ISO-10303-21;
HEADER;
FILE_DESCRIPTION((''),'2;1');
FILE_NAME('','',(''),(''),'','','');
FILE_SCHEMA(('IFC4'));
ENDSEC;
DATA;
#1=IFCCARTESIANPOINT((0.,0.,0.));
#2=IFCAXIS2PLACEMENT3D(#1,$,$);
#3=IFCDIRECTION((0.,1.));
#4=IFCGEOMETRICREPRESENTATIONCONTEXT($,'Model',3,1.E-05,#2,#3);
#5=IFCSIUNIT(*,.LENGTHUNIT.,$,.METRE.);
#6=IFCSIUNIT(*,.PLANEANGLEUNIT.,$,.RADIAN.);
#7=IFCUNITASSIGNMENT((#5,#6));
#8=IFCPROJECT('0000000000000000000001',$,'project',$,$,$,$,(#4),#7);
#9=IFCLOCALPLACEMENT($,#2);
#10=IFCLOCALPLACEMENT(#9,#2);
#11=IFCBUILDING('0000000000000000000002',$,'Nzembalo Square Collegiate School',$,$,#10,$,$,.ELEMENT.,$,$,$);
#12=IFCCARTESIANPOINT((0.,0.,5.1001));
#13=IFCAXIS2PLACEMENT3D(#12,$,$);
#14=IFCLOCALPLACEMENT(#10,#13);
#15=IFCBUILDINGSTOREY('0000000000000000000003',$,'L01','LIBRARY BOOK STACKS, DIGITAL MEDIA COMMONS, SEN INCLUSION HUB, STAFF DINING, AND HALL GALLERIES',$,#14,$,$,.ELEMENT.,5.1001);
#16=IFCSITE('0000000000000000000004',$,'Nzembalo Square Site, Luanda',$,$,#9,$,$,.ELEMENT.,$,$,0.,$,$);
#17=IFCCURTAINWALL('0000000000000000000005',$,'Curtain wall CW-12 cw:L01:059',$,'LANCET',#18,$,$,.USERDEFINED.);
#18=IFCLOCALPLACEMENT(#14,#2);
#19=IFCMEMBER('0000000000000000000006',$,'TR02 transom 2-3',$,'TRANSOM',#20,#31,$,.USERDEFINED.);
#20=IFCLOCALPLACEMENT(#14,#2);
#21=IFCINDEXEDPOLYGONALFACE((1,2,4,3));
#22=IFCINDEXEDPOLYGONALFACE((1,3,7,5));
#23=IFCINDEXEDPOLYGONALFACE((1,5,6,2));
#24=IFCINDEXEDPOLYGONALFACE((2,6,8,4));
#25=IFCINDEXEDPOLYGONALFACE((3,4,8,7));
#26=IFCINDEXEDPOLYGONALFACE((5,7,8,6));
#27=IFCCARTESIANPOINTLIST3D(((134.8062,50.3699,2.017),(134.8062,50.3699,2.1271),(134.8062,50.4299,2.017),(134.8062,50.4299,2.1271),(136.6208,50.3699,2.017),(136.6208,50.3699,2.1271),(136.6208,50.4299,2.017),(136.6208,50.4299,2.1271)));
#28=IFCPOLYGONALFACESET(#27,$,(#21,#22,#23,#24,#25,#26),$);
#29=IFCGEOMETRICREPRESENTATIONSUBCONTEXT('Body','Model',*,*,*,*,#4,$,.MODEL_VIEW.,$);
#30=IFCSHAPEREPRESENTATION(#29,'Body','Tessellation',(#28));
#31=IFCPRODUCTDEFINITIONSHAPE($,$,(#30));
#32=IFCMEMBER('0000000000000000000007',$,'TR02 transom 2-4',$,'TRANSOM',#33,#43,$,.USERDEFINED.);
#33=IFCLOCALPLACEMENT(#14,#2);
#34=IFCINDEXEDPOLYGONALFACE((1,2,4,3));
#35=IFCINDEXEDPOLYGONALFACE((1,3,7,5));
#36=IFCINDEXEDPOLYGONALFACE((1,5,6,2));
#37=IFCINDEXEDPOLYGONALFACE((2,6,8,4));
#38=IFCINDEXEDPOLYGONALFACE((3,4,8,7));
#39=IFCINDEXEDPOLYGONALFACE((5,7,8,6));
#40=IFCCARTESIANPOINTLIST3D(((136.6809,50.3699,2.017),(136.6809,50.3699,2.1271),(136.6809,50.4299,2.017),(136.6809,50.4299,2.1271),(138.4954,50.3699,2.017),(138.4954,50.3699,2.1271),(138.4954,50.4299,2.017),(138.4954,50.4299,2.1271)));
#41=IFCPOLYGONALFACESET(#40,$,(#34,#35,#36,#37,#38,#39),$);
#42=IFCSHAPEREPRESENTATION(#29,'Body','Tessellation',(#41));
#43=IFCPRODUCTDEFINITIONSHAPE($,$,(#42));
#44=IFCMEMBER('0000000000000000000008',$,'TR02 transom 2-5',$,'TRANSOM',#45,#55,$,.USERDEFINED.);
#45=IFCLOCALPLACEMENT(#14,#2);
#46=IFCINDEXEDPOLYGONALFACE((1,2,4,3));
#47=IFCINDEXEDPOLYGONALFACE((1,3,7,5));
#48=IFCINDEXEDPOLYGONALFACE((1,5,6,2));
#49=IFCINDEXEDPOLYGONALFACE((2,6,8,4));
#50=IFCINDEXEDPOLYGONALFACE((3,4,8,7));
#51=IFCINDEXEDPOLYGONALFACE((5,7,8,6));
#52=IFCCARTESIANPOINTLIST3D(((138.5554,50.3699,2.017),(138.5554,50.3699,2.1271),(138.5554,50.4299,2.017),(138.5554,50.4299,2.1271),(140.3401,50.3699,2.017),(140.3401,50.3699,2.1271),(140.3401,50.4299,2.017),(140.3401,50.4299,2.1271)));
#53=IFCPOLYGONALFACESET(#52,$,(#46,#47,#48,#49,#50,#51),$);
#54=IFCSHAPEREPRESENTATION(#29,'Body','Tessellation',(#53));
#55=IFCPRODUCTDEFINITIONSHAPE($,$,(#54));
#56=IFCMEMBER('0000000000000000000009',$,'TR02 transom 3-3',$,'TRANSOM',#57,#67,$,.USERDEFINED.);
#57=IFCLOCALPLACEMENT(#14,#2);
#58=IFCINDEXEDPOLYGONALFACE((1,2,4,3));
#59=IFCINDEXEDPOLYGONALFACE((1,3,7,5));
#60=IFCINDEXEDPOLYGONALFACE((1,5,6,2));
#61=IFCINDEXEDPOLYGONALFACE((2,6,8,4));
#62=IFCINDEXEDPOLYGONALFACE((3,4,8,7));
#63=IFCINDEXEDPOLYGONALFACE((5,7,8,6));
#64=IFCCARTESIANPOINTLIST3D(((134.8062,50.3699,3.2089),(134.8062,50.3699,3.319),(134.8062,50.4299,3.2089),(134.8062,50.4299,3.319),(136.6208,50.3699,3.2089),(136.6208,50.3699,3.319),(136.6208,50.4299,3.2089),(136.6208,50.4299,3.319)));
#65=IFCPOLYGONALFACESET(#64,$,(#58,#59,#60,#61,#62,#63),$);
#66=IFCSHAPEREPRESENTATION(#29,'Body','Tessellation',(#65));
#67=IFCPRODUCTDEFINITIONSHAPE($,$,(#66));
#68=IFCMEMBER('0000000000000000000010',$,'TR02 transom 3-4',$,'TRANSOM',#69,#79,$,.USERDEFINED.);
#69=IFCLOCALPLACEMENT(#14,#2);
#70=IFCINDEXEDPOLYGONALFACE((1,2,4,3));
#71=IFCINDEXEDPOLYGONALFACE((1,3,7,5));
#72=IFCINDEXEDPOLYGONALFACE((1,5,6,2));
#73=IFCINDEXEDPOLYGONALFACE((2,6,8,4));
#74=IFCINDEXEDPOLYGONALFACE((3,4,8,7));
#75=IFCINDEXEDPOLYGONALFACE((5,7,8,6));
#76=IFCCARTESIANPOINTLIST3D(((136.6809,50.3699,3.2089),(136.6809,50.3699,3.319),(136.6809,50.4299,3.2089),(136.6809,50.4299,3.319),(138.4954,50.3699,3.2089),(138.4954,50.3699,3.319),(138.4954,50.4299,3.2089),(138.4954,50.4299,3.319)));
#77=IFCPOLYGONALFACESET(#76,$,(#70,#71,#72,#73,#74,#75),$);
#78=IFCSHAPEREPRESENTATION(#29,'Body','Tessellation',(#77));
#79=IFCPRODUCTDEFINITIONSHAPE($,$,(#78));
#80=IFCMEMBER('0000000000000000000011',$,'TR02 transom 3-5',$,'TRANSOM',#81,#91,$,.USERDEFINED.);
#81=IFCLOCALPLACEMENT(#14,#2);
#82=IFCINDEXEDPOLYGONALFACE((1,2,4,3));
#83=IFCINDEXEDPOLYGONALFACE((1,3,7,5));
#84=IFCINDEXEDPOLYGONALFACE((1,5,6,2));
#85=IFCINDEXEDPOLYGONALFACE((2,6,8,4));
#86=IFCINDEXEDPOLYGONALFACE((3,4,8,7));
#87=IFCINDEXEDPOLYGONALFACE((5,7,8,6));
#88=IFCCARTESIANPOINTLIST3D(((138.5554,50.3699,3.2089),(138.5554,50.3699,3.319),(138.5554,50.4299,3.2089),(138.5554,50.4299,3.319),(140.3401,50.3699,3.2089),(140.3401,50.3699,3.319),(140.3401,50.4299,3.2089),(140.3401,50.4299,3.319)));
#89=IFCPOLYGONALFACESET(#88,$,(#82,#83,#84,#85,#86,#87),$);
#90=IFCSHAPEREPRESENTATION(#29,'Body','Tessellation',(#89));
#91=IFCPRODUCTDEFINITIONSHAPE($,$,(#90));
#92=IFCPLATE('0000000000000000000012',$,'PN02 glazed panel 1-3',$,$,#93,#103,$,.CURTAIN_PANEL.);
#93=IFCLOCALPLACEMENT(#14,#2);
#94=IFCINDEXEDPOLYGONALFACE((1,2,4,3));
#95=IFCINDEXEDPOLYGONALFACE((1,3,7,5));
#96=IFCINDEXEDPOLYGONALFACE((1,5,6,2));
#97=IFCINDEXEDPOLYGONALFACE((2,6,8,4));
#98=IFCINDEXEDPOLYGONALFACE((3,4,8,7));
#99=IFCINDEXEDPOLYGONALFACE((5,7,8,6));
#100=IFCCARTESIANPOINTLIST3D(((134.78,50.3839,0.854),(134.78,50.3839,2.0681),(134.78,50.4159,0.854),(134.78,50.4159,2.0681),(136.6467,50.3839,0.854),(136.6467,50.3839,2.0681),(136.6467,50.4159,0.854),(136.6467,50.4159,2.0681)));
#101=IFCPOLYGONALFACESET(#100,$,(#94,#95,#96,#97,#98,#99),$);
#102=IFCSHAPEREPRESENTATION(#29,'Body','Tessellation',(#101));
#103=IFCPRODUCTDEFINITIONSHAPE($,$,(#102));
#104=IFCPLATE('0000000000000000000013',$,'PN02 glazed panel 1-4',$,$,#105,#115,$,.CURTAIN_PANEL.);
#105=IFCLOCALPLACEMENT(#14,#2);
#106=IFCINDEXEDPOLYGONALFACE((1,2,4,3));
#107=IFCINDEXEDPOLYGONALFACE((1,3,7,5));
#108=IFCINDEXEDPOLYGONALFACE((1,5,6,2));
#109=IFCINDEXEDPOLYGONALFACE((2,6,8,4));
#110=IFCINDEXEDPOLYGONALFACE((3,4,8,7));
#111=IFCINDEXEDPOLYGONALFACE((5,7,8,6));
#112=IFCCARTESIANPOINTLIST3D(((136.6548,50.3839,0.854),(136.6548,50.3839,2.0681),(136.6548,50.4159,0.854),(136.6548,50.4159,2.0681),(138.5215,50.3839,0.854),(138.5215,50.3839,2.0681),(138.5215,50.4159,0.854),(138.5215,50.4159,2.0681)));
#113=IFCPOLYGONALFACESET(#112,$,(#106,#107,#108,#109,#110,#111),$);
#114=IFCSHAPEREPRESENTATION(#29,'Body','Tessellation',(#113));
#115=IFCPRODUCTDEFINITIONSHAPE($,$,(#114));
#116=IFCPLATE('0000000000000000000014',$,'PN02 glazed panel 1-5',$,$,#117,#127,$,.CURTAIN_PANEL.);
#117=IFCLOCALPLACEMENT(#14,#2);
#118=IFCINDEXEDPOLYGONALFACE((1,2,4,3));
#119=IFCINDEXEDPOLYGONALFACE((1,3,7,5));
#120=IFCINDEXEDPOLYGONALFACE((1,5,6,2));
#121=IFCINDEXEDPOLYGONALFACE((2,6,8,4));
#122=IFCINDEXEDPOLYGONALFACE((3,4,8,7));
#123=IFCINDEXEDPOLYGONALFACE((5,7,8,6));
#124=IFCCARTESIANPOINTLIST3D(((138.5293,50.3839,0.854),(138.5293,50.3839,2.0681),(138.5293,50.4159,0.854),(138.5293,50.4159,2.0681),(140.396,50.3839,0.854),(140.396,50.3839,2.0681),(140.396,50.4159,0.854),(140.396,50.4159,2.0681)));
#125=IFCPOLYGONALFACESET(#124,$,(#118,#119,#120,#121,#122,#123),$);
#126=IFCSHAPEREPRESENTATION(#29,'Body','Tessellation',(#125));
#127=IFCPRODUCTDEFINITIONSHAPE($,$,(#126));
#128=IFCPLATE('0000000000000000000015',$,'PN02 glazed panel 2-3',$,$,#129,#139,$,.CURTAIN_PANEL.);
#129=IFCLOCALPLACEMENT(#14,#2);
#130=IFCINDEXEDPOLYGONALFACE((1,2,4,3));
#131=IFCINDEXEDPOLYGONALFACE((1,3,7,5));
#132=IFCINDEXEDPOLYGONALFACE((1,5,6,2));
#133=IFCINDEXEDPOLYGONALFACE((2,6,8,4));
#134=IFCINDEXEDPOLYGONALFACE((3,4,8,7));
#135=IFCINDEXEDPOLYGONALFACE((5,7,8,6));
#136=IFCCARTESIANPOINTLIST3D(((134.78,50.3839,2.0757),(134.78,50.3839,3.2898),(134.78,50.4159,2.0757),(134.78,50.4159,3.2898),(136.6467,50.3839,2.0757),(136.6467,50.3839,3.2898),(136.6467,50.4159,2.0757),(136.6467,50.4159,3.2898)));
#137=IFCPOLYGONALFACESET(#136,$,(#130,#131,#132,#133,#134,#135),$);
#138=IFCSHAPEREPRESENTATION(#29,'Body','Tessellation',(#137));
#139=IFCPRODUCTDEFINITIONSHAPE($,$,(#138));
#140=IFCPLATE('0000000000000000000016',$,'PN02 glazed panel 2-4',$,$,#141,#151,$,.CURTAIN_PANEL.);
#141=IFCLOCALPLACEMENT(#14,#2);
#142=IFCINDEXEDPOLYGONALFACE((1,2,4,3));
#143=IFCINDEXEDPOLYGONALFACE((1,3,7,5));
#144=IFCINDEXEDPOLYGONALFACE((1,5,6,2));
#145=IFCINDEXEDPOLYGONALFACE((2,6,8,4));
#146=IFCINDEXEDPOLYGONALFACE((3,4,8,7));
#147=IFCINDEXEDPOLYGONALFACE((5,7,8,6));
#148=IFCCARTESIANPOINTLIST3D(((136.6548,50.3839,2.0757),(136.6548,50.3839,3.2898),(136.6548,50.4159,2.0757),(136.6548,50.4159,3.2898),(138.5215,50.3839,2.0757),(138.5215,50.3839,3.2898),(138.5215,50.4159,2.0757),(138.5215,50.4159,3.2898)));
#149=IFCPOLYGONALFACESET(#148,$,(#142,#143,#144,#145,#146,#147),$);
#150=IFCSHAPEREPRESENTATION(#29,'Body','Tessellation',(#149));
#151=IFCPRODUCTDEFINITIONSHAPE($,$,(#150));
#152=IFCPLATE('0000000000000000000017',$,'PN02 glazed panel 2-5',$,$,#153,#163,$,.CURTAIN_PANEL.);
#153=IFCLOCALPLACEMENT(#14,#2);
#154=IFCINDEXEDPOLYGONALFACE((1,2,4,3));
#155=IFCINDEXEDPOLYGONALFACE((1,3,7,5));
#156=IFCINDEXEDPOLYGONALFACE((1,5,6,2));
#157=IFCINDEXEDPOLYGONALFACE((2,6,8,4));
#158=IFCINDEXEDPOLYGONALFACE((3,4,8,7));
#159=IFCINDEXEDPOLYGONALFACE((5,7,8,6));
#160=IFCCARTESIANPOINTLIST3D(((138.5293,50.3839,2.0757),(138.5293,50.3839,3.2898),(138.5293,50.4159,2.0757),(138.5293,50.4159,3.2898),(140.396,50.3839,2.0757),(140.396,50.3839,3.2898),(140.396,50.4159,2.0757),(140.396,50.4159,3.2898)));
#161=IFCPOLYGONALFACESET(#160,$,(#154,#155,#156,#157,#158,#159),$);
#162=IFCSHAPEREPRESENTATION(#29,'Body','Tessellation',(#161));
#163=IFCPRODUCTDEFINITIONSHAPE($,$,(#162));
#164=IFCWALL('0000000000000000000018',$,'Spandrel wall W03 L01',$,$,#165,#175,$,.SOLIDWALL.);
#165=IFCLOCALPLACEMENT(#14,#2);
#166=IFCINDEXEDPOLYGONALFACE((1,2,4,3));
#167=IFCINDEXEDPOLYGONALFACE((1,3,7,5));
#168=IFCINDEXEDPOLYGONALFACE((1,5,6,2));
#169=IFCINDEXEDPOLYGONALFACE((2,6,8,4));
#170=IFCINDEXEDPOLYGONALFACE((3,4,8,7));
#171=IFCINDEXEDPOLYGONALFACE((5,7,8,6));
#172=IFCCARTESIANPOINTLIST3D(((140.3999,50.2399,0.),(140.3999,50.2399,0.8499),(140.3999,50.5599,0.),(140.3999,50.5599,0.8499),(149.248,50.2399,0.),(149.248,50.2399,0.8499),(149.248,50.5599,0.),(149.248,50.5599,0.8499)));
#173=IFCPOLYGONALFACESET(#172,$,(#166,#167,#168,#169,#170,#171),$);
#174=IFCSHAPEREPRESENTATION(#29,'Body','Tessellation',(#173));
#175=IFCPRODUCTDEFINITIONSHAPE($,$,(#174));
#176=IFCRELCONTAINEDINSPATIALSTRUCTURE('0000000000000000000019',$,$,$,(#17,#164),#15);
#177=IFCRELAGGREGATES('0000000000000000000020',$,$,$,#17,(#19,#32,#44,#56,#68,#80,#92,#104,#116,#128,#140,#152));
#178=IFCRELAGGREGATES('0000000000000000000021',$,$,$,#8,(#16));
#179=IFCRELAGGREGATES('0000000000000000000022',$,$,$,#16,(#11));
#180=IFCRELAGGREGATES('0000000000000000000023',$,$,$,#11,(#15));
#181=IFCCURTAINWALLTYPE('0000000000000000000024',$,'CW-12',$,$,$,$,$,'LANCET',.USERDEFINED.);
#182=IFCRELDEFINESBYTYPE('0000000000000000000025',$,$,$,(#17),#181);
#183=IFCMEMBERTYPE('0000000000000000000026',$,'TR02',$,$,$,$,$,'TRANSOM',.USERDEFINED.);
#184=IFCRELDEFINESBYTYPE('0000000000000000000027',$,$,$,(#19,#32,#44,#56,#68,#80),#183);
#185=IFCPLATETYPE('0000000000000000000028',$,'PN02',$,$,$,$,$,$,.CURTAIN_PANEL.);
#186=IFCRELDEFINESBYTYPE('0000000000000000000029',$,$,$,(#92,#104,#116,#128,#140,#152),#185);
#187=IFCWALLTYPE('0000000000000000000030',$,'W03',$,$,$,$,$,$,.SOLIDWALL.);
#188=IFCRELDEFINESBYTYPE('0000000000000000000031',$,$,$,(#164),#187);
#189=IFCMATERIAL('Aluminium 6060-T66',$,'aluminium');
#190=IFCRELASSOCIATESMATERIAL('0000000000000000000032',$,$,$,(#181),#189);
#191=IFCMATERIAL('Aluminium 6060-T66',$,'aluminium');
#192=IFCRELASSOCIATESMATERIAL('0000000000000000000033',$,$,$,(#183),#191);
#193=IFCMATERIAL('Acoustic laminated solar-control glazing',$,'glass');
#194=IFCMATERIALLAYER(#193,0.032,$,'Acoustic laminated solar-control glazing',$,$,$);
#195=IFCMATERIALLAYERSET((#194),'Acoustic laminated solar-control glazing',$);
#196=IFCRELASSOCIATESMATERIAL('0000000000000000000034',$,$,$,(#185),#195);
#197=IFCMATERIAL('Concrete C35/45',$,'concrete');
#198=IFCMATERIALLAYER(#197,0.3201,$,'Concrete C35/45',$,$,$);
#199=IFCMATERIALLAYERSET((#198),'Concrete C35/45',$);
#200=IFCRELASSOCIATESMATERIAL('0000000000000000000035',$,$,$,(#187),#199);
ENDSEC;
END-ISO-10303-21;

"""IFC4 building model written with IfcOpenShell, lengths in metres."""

from ifc_helpers import new_model, si_unit, direction, frame, frame_2d, origin, origin_2d, place, context, subcontext, project, spatial, rectangle, extrude, material, layer, layer_set, material_profile, profile_set, type_object, element, aggregate, save


model = new_model("IFC4")

# Units and contexts
model_context = context("Model", 3, precision=1e-05, world=origin(), true_north=direction((0.0, 1.0)))
body_context = subcontext(model_context, "Body", "Model", "MODEL_VIEW")
ifc_project = project(units=[si_unit("LENGTHUNIT", "METRE"), si_unit("PLANEANGLEUNIT", "RADIAN")], contexts=[model_context])

# Site, building, storey
site_placement = place(None, origin())
site = spatial("IfcSite", under=ifc_project, at=site_placement, Name="Nzembalo Square Site, Luanda", CompositionType="ELEMENT", RefElevation=0.0)
building_placement = place(site_placement, origin())
building = spatial("IfcBuilding", under=site, at=building_placement, Name="Nzembalo Square Collegiate School", CompositionType="ELEMENT")
storey_placement = place(building_placement, frame((0.0, 0.0, 5.1001)))
storey = spatial("IfcBuildingStorey", under=building, at=storey_placement, Name="L01", Description="LIBRARY BOOK STACKS, DIGITAL MEDIA COMMONS, SEN INCLUSION HUB, STAFF DINING, AND HALL GALLERIES", CompositionType="ELEMENT", Elevation=5.1001)

# Curtain wall
ifc_material_1 = material(Name="Aluminium 6060-T66", Category="aluminium")
curtain_wall_type_1 = type_object("IfcCurtainWallType", Name="CW-12", ElementType="LANCET", PredefinedType="USERDEFINED", material=ifc_material_1)
curtain_wall_1_placement = place(storey_placement, origin())
curtain_wall_1 = element("IfcCurtainWall", 1, at=curtain_wall_1_placement, inside=storey, type_object=curtain_wall_type_1, Name="Curtain wall CW-12 cw:L01:059", ObjectType="LANCET", PredefinedType="USERDEFINED")

# Members
ifc_material_2 = material(Name="Aluminium 6060-T66", Category="aluminium")
ifc_material_profile_1 = material_profile(ifc_material_2, rectangle(XDim=0.0601, YDim=0.1101, at=origin_2d()), Name="ALU T60x110")
ifc_profile_set_1 = profile_set([ifc_material_profile_1], Name="Aluminium 6060-T66")
member_type_1 = type_object("IfcMemberType", Name="TR02", ElementType="TRANSOM", PredefinedType="USERDEFINED", material=ifc_profile_set_1)
member_1_placement = place(storey_placement, frame((134.8062, 50.3999, 2.072), z_axis=(1.0, 0.0, 0.0), x_axis=(0.0, 1.0, 0.0)))
member_1 = element("IfcMember", 2, at=member_1_placement, type_object=member_type_1, Name="TR02 transom 2-3", ObjectType="TRANSOM", PredefinedType="USERDEFINED", context=body_context, shape_type="SweptSolid", body=[
    extrude(rectangle(XDim=0.0601, YDim=0.1101, at=origin_2d()), origin(), (0.0, 0.0, 1.0), 1.8147),
])
member_2_placement = place(storey_placement, frame((136.6809, 50.3999, 2.072), z_axis=(1.0, 0.0, 0.0), x_axis=(0.0, 1.0, 0.0)))
member_2 = element("IfcMember", 3, at=member_2_placement, type_object=member_type_1, Name="TR02 transom 2-4", ObjectType="TRANSOM", PredefinedType="USERDEFINED", context=body_context, shape_type="SweptSolid", body=[
    extrude(rectangle(XDim=0.0601, YDim=0.1101, at=origin_2d()), origin(), (0.0, 0.0, 1.0), 1.8145),
])
member_3_placement = place(storey_placement, frame((138.5554, 50.3999, 2.072), z_axis=(1.0, 0.0, 0.0), x_axis=(0.0, 1.0, 0.0)))
member_3 = element("IfcMember", 4, at=member_3_placement, type_object=member_type_1, Name="TR02 transom 2-5", ObjectType="TRANSOM", PredefinedType="USERDEFINED", context=body_context, shape_type="SweptSolid", body=[
    extrude(rectangle(XDim=0.0601, YDim=0.1101, at=origin_2d()), origin(), (0.0, 0.0, 1.0), 1.7847),
])
member_4_placement = place(storey_placement, frame((134.8062, 50.3999, 3.2639), z_axis=(1.0, 0.0, 0.0), x_axis=(0.0, 1.0, 0.0)))
member_4 = element("IfcMember", 5, at=member_4_placement, type_object=member_type_1, Name="TR02 transom 3-3", ObjectType="TRANSOM", PredefinedType="USERDEFINED", context=body_context, shape_type="SweptSolid", body=[
    extrude(rectangle(XDim=0.0601, YDim=0.1101, at=origin_2d()), origin(), (0.0, 0.0, 1.0), 1.8147),
])
member_5_placement = place(storey_placement, frame((136.6809, 50.3999, 3.2639), z_axis=(1.0, 0.0, 0.0), x_axis=(0.0, 1.0, 0.0)))
member_5 = element("IfcMember", 6, at=member_5_placement, type_object=member_type_1, Name="TR02 transom 3-4", ObjectType="TRANSOM", PredefinedType="USERDEFINED", context=body_context, shape_type="SweptSolid", body=[
    extrude(rectangle(XDim=0.0601, YDim=0.1101, at=origin_2d()), origin(), (0.0, 0.0, 1.0), 1.8145),
])
member_6_placement = place(storey_placement, frame((138.5554, 50.3999, 3.2639), z_axis=(1.0, 0.0, 0.0), x_axis=(0.0, 1.0, 0.0)))
member_6 = element("IfcMember", 7, at=member_6_placement, type_object=member_type_1, Name="TR02 transom 3-5", ObjectType="TRANSOM", PredefinedType="USERDEFINED", context=body_context, shape_type="SweptSolid", body=[
    extrude(rectangle(XDim=0.0601, YDim=0.1101, at=origin_2d()), origin(), (0.0, 0.0, 1.0), 1.7847),
])

# Plates
ifc_material_3 = material(Name="Acoustic laminated solar-control glazing", Category="glass")
ifc_layer_1 = layer(ifc_material_3, 0.032, Name="Acoustic laminated solar-control glazing")
ifc_layer_set_1 = layer_set([ifc_layer_1], Name="Acoustic laminated solar-control glazing")
plate_type = type_object("IfcPlateType", Name="PN02", PredefinedType="CURTAIN_PANEL", material=ifc_layer_set_1)
plate_1_placement = place(storey_placement, frame((135.7134, 50.3999, 0.854), z_axis=(0.0, 0.0, 1.0), x_axis=(1.0, 0.0, 0.0)))
plate_1 = element("IfcPlate", 8, at=plate_1_placement, type_object=plate_type, Name="PN02 glazed panel 1-3", PredefinedType="CURTAIN_PANEL", context=body_context, shape_type="SweptSolid", body=[
    extrude(rectangle(XDim=1.8667, YDim=0.032, at=origin_2d()), origin(), (0.0, 0.0, 1.0), 1.2141),
])
plate_2_placement = place(storey_placement, frame((137.5881, 50.3999, 0.854), z_axis=(0.0, 0.0, 1.0), x_axis=(1.0, 0.0, 0.0)))
plate_2 = element("IfcPlate", 9, at=plate_2_placement, type_object=plate_type, Name="PN02 glazed panel 1-4", PredefinedType="CURTAIN_PANEL", context=body_context, shape_type="SweptSolid", body=[
    extrude(rectangle(XDim=1.8667, YDim=0.032, at=origin_2d()), origin(), (0.0, 0.0, 1.0), 1.2141),
])
plate_3_placement = place(storey_placement, frame((139.4626, 50.3999, 0.854), z_axis=(0.0, 0.0, 1.0), x_axis=(1.0, 0.0, 0.0)))
plate_3 = element("IfcPlate", 10, at=plate_3_placement, type_object=plate_type, Name="PN02 glazed panel 1-5", PredefinedType="CURTAIN_PANEL", context=body_context, shape_type="SweptSolid", body=[
    extrude(rectangle(XDim=1.8667, YDim=0.032, at=origin_2d()), origin(), (0.0, 0.0, 1.0), 1.2141),
])
plate_4_placement = place(storey_placement, frame((135.7134, 50.3999, 2.0757), z_axis=(0.0, 0.0, 1.0), x_axis=(1.0, 0.0, 0.0)))
plate_4 = element("IfcPlate", 11, at=plate_4_placement, type_object=plate_type, Name="PN02 glazed panel 2-3", PredefinedType="CURTAIN_PANEL", context=body_context, shape_type="SweptSolid", body=[
    extrude(rectangle(XDim=1.8667, YDim=0.032, at=origin_2d()), origin(), (0.0, 0.0, 1.0), 1.2141),
])
plate_5_placement = place(storey_placement, frame((137.5881, 50.3999, 2.0757), z_axis=(0.0, 0.0, 1.0), x_axis=(1.0, 0.0, 0.0)))
plate_5 = element("IfcPlate", 12, at=plate_5_placement, type_object=plate_type, Name="PN02 glazed panel 2-4", PredefinedType="CURTAIN_PANEL", context=body_context, shape_type="SweptSolid", body=[
    extrude(rectangle(XDim=1.8667, YDim=0.032, at=origin_2d()), origin(), (0.0, 0.0, 1.0), 1.2141),
])
plate_6_placement = place(storey_placement, frame((139.4626, 50.3999, 2.0757), z_axis=(0.0, 0.0, 1.0), x_axis=(1.0, 0.0, 0.0)))
plate_6 = element("IfcPlate", 13, at=plate_6_placement, type_object=plate_type, Name="PN02 glazed panel 2-5", PredefinedType="CURTAIN_PANEL", context=body_context, shape_type="SweptSolid", body=[
    extrude(rectangle(XDim=1.8667, YDim=0.032, at=origin_2d()), origin(), (0.0, 0.0, 1.0), 1.2141),
])
aggregate(curtain_wall_1, [member_1, member_2, member_3, member_4, member_5, member_6, plate_1, plate_2, plate_3, plate_4, plate_5, plate_6])

# Wall
ifc_material_4 = material(Name="Concrete C35/45", Category="concrete")
ifc_layer_2 = layer(ifc_material_4, 0.3201, Name="Concrete C35/45")
ifc_layer_set_2 = layer_set([ifc_layer_2], Name="Concrete C35/45")
wall_type = type_object("IfcWallType", Name="W03", PredefinedType="SOLIDWALL", material=ifc_layer_set_2)
wall_placement = place(storey_placement, frame((140.3999, 50.3999, 0.0), z_axis=(0.0, 0.0, 1.0), x_axis=(1.0, 0.0, 0.0)))
element("IfcWall", 14, at=wall_placement, inside=storey, type_object=wall_type, Name="Spandrel wall W03 L01", PredefinedType="SOLIDWALL", context=body_context, shape_type="SweptSolid", body=[
    extrude(rectangle(XDim=8.8481, YDim=0.3201, at=frame_2d((4.4241, 0.0))), origin(), (0.0, 0.0, 1.0), 0.8499),
])

save(model, "model.ifc")
